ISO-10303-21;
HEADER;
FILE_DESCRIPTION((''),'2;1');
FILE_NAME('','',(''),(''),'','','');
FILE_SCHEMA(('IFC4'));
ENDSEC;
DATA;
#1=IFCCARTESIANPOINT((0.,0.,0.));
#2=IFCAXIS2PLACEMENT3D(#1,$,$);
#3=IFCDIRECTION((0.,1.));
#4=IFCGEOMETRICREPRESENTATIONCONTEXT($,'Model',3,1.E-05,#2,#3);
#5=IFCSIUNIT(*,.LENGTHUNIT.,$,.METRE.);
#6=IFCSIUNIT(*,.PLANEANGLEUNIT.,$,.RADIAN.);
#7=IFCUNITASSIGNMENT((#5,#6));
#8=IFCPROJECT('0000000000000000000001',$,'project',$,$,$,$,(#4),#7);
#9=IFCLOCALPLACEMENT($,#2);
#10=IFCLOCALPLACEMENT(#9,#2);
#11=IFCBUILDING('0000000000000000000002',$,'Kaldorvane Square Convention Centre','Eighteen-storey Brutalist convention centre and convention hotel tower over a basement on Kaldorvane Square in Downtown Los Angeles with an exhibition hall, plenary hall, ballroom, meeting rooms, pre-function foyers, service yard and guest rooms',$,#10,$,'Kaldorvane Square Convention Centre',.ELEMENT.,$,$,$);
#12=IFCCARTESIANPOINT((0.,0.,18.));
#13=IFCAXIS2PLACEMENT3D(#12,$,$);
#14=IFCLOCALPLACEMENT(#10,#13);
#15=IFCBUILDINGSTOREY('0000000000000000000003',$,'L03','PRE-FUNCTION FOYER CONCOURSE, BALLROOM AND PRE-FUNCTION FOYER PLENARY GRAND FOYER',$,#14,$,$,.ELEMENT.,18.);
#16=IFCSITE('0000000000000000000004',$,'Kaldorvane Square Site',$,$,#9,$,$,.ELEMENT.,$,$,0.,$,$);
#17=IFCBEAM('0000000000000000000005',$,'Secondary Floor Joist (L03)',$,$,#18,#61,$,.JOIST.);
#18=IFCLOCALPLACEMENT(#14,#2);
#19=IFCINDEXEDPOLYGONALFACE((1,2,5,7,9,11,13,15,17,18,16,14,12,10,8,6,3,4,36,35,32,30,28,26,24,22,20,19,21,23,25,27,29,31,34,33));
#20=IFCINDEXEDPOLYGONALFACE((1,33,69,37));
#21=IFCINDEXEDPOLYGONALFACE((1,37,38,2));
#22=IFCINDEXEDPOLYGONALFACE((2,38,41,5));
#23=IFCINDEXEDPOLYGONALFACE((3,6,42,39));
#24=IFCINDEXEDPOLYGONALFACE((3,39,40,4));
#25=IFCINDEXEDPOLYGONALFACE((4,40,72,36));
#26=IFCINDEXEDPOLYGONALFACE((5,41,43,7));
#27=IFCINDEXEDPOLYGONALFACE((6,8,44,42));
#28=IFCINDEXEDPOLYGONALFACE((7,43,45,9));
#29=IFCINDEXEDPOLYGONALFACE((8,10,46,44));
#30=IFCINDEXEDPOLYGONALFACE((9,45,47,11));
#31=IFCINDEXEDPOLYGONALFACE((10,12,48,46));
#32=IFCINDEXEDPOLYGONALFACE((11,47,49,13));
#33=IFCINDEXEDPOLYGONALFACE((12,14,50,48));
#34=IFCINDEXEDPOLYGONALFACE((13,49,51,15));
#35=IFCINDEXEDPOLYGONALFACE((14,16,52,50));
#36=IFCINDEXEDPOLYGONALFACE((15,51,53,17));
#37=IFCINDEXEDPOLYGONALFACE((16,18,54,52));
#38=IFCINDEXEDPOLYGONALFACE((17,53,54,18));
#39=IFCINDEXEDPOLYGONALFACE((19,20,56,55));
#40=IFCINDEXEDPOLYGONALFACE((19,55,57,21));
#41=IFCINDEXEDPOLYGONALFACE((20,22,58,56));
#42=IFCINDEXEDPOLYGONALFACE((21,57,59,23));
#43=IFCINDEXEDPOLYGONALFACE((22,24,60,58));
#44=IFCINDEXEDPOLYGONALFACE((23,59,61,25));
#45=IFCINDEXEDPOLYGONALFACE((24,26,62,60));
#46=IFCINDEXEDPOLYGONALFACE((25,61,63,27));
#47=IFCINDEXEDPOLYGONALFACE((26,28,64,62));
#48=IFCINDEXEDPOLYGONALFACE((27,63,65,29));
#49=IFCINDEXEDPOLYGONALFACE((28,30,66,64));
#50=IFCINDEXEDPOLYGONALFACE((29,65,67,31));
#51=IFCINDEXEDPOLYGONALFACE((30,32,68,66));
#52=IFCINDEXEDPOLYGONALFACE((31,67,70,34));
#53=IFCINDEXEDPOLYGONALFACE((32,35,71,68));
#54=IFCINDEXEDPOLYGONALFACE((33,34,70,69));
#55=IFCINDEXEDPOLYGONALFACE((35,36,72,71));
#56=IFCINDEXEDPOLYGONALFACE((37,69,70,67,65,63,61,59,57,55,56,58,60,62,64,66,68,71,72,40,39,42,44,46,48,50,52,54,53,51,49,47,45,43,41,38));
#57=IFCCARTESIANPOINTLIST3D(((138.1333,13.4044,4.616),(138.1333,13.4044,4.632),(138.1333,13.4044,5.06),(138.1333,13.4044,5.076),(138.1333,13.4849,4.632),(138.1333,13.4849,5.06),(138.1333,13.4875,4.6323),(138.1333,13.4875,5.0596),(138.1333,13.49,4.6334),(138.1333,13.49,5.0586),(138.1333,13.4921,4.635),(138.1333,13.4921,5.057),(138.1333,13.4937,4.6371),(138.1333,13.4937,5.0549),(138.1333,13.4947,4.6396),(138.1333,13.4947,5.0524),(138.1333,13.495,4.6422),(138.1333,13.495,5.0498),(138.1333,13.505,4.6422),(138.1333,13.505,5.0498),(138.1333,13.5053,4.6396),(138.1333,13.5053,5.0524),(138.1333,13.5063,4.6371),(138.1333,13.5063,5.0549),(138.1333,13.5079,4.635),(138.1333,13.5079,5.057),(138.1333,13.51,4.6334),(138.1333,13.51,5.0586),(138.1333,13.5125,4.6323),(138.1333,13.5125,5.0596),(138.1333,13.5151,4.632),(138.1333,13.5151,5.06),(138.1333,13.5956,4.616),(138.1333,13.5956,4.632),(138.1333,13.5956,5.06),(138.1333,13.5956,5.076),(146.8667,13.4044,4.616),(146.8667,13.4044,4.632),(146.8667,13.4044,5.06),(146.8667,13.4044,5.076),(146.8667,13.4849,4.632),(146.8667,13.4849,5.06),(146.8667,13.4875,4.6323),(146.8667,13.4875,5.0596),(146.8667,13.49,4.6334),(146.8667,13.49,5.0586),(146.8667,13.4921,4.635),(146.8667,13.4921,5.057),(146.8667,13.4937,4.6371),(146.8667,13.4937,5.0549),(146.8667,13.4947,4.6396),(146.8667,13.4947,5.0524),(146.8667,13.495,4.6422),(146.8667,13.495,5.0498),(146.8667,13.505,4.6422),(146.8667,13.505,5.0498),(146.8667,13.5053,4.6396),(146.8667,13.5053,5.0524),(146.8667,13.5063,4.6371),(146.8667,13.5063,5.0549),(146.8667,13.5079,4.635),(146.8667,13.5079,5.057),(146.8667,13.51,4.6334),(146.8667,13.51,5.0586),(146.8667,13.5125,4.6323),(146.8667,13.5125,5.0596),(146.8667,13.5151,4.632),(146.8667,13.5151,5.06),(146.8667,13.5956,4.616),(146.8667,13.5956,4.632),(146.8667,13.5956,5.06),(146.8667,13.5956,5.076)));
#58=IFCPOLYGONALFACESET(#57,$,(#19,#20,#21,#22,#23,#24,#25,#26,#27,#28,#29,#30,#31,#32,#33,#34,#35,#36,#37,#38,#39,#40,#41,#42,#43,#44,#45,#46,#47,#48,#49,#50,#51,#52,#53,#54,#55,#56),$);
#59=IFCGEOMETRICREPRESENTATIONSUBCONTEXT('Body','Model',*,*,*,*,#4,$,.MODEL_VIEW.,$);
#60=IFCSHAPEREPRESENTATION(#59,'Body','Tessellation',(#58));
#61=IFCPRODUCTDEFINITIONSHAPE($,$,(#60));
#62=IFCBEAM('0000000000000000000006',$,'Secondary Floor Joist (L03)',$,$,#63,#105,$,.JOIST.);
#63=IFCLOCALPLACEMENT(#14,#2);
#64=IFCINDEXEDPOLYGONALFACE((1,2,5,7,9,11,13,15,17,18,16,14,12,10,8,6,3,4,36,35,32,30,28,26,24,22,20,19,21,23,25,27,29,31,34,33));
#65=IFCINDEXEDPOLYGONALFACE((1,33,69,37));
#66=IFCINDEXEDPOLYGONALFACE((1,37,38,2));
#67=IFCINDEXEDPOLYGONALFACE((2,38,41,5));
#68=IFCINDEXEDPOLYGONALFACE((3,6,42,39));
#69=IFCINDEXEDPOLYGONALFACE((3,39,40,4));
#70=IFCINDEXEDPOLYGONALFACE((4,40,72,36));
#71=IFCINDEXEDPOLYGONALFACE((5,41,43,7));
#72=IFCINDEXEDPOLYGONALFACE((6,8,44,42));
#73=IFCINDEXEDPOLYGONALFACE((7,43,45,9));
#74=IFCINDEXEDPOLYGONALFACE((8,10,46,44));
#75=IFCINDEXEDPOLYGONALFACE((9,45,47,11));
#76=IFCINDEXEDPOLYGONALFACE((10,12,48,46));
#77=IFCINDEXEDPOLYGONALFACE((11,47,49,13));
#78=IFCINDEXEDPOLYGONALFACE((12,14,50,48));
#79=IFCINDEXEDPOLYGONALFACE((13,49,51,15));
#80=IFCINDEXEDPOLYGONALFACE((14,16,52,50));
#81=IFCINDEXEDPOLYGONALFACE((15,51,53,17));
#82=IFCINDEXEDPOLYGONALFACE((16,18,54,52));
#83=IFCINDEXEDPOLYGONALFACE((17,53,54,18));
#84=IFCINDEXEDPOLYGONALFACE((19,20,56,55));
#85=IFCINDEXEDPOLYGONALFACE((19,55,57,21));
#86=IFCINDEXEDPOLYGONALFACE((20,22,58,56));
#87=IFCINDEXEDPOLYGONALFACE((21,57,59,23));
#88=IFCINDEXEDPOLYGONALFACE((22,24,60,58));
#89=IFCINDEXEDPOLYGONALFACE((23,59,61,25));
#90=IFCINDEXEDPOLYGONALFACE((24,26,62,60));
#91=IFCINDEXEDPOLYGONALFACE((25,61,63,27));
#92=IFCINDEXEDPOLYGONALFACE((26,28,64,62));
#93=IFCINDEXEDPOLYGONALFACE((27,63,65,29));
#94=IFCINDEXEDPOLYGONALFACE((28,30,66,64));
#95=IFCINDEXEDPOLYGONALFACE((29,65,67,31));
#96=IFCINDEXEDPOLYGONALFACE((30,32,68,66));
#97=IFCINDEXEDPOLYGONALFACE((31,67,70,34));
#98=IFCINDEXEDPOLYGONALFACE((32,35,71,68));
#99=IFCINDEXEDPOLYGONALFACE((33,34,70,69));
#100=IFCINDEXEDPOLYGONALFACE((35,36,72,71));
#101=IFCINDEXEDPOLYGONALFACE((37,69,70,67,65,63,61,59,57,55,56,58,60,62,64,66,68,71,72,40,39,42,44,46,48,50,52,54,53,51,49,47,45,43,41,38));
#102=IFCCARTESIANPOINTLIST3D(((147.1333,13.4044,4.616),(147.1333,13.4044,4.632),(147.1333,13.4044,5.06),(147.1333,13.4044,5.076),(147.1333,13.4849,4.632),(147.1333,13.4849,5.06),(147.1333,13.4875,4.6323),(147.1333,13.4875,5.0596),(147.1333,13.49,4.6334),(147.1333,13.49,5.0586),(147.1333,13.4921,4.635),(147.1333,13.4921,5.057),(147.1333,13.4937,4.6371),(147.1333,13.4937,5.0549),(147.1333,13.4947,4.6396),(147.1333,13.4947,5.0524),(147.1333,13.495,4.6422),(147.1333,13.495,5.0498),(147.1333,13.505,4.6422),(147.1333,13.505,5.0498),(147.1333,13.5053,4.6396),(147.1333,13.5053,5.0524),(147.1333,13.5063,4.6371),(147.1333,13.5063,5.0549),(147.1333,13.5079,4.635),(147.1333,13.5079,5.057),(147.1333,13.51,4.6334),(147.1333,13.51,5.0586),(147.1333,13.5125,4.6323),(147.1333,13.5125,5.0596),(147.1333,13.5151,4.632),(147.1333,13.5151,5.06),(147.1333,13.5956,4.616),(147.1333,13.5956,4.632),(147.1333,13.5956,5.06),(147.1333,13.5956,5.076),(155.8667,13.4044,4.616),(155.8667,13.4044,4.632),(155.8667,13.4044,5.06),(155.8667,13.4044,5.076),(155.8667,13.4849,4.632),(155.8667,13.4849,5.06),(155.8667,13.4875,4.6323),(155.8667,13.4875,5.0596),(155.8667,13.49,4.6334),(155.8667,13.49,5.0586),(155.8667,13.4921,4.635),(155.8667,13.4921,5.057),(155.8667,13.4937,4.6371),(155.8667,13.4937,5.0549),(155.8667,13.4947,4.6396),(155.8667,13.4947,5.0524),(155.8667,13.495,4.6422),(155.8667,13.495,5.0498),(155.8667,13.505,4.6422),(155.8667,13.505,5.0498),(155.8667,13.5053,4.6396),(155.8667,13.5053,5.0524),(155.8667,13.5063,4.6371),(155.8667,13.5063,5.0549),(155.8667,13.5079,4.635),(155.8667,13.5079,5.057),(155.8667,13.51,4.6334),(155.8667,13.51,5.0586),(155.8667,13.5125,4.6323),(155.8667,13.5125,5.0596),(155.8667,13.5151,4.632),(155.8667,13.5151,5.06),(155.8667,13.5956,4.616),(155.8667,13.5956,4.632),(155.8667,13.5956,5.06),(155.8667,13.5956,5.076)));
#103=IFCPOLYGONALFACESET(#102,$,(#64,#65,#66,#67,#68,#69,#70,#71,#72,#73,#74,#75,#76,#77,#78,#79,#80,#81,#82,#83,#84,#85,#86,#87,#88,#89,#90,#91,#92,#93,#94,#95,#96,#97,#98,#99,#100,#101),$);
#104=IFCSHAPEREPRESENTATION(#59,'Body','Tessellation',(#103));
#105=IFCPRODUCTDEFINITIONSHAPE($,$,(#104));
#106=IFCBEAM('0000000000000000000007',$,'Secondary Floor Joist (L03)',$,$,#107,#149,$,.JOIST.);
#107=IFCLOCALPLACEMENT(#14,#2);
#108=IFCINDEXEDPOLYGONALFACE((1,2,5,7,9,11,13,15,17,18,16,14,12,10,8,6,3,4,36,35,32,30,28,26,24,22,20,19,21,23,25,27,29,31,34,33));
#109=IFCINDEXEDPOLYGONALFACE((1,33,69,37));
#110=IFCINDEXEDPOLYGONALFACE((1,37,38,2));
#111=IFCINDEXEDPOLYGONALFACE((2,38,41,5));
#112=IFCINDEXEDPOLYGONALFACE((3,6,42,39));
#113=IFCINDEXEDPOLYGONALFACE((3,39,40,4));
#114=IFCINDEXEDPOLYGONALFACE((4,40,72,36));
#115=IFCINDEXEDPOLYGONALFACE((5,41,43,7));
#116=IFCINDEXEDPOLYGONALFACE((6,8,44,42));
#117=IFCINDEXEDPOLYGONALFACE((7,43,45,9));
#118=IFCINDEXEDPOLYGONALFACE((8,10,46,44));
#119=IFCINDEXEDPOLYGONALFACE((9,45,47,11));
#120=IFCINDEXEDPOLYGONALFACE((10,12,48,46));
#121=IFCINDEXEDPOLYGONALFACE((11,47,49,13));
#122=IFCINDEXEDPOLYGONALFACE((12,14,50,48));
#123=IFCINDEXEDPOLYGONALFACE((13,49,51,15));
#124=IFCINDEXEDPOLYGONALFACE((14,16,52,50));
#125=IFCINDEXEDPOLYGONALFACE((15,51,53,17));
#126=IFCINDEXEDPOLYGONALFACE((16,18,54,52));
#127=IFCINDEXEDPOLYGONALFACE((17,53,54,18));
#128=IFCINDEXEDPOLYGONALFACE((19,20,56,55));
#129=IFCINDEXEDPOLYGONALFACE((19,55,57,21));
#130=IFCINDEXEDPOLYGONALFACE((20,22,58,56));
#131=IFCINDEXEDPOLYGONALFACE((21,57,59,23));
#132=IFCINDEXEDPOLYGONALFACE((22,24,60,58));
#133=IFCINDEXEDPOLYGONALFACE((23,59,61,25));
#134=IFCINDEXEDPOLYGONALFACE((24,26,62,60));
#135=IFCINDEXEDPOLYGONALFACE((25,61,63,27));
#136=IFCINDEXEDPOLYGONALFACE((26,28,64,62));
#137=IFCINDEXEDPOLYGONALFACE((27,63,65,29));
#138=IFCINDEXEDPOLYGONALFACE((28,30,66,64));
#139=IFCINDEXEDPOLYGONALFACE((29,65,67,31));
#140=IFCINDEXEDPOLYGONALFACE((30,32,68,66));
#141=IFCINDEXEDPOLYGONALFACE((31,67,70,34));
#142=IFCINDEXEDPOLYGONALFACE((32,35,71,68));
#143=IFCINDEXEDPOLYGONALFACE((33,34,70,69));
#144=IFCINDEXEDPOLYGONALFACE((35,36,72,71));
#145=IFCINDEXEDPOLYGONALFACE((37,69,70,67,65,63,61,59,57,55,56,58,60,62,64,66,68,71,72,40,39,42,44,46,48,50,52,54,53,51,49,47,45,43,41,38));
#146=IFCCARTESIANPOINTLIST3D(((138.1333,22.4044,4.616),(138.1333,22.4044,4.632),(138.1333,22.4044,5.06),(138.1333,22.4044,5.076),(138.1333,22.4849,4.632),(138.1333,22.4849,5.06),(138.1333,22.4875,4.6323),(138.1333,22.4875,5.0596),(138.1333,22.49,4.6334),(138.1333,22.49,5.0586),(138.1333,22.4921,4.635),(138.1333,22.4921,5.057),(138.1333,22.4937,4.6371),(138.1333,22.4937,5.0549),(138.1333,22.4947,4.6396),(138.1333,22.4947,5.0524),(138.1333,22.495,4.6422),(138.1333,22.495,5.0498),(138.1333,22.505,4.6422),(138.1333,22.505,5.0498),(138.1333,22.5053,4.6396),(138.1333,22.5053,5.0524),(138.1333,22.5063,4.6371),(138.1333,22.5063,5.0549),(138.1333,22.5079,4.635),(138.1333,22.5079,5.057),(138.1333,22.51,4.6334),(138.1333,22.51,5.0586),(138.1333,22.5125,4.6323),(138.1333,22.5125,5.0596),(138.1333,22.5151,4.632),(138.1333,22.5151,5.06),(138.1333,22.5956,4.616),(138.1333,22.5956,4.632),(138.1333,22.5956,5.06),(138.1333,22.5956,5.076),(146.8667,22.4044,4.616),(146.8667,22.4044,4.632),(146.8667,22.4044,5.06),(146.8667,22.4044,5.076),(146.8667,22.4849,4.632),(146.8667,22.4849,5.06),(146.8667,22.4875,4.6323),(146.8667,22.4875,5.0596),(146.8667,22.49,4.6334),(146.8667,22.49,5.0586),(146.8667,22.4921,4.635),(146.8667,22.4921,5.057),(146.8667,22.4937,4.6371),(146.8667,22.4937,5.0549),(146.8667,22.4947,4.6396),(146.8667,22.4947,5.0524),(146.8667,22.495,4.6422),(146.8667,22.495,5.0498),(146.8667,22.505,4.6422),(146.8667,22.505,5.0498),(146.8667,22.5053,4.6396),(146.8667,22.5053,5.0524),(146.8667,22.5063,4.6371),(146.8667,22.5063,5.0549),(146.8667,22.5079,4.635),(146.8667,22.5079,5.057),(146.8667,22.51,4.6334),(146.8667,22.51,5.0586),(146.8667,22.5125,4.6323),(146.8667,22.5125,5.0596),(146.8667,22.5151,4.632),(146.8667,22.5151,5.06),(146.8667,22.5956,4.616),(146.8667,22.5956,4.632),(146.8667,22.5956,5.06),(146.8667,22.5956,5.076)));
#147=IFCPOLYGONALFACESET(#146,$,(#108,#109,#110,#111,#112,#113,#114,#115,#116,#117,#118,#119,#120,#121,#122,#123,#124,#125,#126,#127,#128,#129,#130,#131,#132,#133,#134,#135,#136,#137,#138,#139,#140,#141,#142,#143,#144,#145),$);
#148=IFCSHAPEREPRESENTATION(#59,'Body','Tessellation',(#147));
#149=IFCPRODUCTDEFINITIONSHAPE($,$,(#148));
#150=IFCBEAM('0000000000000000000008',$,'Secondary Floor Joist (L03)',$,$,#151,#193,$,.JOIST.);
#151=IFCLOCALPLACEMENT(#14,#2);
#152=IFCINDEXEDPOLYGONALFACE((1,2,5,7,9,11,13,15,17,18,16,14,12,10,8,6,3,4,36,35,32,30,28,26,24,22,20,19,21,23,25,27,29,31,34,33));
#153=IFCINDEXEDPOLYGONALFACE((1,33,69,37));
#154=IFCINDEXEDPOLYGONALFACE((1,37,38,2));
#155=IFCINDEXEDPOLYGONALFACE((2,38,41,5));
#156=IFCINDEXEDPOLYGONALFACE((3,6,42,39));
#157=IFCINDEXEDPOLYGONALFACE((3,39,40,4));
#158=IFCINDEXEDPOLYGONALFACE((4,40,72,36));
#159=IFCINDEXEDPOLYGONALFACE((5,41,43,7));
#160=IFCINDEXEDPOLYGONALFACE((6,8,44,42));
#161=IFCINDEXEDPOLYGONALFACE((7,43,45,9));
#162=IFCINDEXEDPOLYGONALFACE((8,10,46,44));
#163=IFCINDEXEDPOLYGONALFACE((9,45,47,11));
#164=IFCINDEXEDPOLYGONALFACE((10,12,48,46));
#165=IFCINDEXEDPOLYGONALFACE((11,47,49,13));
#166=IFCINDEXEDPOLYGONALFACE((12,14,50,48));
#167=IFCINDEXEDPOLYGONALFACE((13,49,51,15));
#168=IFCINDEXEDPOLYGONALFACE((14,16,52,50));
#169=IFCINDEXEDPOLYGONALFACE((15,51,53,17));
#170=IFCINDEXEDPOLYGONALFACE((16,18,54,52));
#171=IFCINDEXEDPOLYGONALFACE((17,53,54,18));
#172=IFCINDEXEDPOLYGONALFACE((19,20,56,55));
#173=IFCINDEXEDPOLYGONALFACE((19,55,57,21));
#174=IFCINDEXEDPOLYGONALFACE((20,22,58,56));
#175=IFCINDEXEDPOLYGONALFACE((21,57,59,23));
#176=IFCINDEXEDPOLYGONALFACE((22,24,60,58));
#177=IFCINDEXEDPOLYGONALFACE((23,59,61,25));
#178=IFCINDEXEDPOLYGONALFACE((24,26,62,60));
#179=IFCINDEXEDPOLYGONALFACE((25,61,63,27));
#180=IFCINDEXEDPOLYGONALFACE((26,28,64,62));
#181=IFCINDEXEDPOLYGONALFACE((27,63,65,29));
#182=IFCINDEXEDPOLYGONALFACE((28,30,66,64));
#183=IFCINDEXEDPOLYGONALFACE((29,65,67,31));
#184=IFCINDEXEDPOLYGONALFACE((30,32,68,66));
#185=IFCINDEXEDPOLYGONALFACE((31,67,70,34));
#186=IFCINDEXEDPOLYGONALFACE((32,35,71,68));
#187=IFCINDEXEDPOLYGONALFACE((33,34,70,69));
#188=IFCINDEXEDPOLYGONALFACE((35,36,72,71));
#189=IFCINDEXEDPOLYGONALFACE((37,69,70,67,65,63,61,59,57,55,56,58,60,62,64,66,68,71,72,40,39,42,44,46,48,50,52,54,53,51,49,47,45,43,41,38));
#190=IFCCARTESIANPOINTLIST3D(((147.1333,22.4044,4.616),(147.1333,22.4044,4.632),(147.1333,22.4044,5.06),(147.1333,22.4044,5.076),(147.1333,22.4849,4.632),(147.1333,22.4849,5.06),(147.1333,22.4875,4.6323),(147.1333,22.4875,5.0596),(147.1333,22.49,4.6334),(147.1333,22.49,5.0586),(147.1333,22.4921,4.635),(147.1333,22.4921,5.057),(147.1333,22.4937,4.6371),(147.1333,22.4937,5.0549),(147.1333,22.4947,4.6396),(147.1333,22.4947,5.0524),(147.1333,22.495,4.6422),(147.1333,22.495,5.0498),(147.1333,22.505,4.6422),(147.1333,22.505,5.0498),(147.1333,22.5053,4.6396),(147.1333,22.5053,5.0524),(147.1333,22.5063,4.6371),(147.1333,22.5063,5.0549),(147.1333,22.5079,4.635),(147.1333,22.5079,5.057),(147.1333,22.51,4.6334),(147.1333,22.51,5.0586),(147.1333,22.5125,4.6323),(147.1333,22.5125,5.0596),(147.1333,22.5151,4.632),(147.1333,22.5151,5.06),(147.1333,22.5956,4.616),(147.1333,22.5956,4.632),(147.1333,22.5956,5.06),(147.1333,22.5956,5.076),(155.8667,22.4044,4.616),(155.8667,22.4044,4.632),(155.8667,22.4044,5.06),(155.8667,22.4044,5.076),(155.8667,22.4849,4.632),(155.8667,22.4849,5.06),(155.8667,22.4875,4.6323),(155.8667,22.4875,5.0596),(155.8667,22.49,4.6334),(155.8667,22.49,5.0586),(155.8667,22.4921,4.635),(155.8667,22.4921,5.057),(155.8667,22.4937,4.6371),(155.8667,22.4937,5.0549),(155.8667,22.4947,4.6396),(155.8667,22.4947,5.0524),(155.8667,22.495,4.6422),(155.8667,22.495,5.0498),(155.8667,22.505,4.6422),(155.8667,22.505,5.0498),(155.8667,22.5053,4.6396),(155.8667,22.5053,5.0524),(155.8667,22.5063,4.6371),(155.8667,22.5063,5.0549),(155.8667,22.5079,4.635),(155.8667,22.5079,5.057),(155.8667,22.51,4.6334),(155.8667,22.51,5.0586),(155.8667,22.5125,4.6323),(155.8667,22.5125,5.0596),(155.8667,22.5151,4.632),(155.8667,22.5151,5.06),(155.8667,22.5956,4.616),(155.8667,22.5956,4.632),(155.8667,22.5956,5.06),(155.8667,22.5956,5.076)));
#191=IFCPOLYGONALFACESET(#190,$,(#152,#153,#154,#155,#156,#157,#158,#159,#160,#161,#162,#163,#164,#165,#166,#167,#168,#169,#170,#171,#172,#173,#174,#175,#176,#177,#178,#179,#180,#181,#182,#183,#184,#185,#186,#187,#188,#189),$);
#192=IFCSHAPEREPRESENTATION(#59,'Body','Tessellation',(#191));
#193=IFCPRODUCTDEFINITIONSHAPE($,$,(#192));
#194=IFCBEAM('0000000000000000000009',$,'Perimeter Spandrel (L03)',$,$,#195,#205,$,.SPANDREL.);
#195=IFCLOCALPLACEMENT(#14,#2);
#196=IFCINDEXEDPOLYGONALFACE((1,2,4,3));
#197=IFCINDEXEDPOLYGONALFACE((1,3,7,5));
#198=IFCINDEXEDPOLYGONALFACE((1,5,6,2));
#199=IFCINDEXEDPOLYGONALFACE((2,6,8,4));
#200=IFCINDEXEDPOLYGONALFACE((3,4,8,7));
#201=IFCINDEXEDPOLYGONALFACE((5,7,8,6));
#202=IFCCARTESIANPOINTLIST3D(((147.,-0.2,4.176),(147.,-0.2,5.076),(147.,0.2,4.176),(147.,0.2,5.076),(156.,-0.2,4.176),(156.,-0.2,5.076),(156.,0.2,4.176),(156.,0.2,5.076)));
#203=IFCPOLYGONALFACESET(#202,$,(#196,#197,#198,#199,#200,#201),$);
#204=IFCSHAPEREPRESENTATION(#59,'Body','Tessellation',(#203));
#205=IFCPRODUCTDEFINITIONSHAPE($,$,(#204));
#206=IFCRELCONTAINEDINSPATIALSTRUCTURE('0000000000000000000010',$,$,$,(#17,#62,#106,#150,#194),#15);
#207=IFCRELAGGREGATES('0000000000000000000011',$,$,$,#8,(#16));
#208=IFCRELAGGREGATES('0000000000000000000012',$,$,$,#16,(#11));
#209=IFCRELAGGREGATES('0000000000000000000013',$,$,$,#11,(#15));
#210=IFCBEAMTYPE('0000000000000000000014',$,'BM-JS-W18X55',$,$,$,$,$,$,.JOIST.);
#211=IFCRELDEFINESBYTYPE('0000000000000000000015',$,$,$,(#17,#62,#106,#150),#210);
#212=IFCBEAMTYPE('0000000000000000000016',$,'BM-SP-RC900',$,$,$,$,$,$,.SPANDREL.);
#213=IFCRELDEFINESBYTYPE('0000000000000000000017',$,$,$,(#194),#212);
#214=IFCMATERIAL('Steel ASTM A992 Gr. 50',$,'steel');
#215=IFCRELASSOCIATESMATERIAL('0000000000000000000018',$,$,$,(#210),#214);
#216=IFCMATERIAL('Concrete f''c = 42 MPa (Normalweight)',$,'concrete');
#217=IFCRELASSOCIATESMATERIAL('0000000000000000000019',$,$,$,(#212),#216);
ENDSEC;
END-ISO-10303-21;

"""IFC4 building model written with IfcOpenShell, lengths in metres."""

from ifc_helpers import new_model, si_unit, direction, frame, origin, origin_2d, place, context, subcontext, project, spatial, rectangle, i_section, extrude, material, material_profile, profile_set, type_object, element, save


model = new_model("IFC4")

# Units and contexts
model_context = context("Model", 3, precision=1e-05, world=origin(), true_north=direction((0.0, 1.0)))
body_context = subcontext(model_context, "Body", "Model", "MODEL_VIEW")
ifc_project = project(units=[si_unit("LENGTHUNIT", "METRE"), si_unit("PLANEANGLEUNIT", "RADIAN")], contexts=[model_context])

# Site, building, storey
site_placement = place(None, origin())
site = spatial("IfcSite", under=ifc_project, at=site_placement, Name="Kaldorvane Square Site", CompositionType="ELEMENT", RefElevation=0.0)
building_placement = place(site_placement, origin())
building = spatial("IfcBuilding", under=site, at=building_placement, Name="Kaldorvane Square Convention Centre", Description="Eighteen-storey Brutalist convention centre and convention hotel tower over a basement on Kaldorvane Square in Downtown Los Angeles with an exhibition hall, plenary hall, ballroom, meeting rooms, pre-function foyers, service yard and guest rooms", LongName="Kaldorvane Square Convention Centre", CompositionType="ELEMENT")
storey_placement = place(building_placement, frame((0.0, 0.0, 18.0)))
storey = spatial("IfcBuildingStorey", under=building, at=storey_placement, Name="L03", Description="PRE-FUNCTION FOYER CONCOURSE, BALLROOM AND PRE-FUNCTION FOYER PLENARY GRAND FOYER", CompositionType="ELEMENT", Elevation=18.0)

# Shared definitions
ifc_material_1 = material(Name="Steel ASTM A992 Gr. 50", Category="steel")

# Beams
ifc_material_profile_1 = material_profile(ifc_material_1, i_section(OverallWidth=0.1913, OverallDepth=0.46, WebThickness=0.0099, FlangeThickness=0.016, FilletRadius=0.0102, at=origin_2d()), Name="W18X55")
ifc_profile_set_1 = profile_set([ifc_material_profile_1], Name="Steel ASTM A992 Gr. 50")
beam_type_1 = type_object("IfcBeamType", Name="BM-JS-W18X55", PredefinedType="JOIST", material=ifc_profile_set_1)
for number, where, z_axis, x_axis, name in (
    (1, (138.1333, 13.5, 4.846), (1.0, 0.0, 0.0), (0.0, 1.0, 0.0), "Secondary Floor Joist (L03)"),
    (2, (147.1333, 13.5, 4.846), (1.0, 0.0, 0.0), (0.0, 1.0, 0.0), "Secondary Floor Joist (L03)"),
    (3, (138.1333, 22.5, 4.846), (1.0, 0.0, 0.0), (0.0, 1.0, 0.0), "Secondary Floor Joist (L03)"),
    (4, (147.1333, 22.5, 4.846), (1.0, 0.0, 0.0), (0.0, 1.0, 0.0), "Secondary Floor Joist (L03)"),
):
    element("IfcBeam", number, at=place(storey_placement, frame(where, z_axis=z_axis, x_axis=x_axis)), inside=storey, type_object=beam_type_1, Name=name, PredefinedType="JOIST", context=body_context, shape_type="SweptSolid", body=[
        extrude(i_section(OverallWidth=0.1913, OverallDepth=0.46, WebThickness=0.0099, FlangeThickness=0.016, FilletRadius=0.0102, at=origin_2d()), origin(), (0.0, 0.0, 1.0), 8.7334),
    ])
ifc_material_2 = material(Name="Concrete f'c = 42 MPa (Normalweight)", Category="concrete")
ifc_material_profile_2 = material_profile(ifc_material_2, rectangle(XDim=0.4, YDim=0.9, at=origin_2d()), Name="RCSP900X400")
ifc_profile_set_2 = profile_set([ifc_material_profile_2], Name="Concrete f'c = 42 MPa (Normalweight)")
beam_type_2 = type_object("IfcBeamType", Name="BM-SP-RC900", PredefinedType="SPANDREL", material=ifc_profile_set_2)
for number, where, z_axis, x_axis, name in (
    (5, (147.0, 0.0, 4.626), (1.0, 0.0, 0.0), (0.0, 1.0, 0.0), "Perimeter Spandrel (L03)"),
):
    element("IfcBeam", number, at=place(storey_placement, frame(where, z_axis=z_axis, x_axis=x_axis)), inside=storey, type_object=beam_type_2, Name=name, PredefinedType="SPANDREL", context=body_context, shape_type="SweptSolid", body=[
        extrude(rectangle(XDim=0.4, YDim=0.9, at=origin_2d()), origin(), (0.0, 0.0, 1.0), 9.0),
    ])

save(model, "model.ifc")
